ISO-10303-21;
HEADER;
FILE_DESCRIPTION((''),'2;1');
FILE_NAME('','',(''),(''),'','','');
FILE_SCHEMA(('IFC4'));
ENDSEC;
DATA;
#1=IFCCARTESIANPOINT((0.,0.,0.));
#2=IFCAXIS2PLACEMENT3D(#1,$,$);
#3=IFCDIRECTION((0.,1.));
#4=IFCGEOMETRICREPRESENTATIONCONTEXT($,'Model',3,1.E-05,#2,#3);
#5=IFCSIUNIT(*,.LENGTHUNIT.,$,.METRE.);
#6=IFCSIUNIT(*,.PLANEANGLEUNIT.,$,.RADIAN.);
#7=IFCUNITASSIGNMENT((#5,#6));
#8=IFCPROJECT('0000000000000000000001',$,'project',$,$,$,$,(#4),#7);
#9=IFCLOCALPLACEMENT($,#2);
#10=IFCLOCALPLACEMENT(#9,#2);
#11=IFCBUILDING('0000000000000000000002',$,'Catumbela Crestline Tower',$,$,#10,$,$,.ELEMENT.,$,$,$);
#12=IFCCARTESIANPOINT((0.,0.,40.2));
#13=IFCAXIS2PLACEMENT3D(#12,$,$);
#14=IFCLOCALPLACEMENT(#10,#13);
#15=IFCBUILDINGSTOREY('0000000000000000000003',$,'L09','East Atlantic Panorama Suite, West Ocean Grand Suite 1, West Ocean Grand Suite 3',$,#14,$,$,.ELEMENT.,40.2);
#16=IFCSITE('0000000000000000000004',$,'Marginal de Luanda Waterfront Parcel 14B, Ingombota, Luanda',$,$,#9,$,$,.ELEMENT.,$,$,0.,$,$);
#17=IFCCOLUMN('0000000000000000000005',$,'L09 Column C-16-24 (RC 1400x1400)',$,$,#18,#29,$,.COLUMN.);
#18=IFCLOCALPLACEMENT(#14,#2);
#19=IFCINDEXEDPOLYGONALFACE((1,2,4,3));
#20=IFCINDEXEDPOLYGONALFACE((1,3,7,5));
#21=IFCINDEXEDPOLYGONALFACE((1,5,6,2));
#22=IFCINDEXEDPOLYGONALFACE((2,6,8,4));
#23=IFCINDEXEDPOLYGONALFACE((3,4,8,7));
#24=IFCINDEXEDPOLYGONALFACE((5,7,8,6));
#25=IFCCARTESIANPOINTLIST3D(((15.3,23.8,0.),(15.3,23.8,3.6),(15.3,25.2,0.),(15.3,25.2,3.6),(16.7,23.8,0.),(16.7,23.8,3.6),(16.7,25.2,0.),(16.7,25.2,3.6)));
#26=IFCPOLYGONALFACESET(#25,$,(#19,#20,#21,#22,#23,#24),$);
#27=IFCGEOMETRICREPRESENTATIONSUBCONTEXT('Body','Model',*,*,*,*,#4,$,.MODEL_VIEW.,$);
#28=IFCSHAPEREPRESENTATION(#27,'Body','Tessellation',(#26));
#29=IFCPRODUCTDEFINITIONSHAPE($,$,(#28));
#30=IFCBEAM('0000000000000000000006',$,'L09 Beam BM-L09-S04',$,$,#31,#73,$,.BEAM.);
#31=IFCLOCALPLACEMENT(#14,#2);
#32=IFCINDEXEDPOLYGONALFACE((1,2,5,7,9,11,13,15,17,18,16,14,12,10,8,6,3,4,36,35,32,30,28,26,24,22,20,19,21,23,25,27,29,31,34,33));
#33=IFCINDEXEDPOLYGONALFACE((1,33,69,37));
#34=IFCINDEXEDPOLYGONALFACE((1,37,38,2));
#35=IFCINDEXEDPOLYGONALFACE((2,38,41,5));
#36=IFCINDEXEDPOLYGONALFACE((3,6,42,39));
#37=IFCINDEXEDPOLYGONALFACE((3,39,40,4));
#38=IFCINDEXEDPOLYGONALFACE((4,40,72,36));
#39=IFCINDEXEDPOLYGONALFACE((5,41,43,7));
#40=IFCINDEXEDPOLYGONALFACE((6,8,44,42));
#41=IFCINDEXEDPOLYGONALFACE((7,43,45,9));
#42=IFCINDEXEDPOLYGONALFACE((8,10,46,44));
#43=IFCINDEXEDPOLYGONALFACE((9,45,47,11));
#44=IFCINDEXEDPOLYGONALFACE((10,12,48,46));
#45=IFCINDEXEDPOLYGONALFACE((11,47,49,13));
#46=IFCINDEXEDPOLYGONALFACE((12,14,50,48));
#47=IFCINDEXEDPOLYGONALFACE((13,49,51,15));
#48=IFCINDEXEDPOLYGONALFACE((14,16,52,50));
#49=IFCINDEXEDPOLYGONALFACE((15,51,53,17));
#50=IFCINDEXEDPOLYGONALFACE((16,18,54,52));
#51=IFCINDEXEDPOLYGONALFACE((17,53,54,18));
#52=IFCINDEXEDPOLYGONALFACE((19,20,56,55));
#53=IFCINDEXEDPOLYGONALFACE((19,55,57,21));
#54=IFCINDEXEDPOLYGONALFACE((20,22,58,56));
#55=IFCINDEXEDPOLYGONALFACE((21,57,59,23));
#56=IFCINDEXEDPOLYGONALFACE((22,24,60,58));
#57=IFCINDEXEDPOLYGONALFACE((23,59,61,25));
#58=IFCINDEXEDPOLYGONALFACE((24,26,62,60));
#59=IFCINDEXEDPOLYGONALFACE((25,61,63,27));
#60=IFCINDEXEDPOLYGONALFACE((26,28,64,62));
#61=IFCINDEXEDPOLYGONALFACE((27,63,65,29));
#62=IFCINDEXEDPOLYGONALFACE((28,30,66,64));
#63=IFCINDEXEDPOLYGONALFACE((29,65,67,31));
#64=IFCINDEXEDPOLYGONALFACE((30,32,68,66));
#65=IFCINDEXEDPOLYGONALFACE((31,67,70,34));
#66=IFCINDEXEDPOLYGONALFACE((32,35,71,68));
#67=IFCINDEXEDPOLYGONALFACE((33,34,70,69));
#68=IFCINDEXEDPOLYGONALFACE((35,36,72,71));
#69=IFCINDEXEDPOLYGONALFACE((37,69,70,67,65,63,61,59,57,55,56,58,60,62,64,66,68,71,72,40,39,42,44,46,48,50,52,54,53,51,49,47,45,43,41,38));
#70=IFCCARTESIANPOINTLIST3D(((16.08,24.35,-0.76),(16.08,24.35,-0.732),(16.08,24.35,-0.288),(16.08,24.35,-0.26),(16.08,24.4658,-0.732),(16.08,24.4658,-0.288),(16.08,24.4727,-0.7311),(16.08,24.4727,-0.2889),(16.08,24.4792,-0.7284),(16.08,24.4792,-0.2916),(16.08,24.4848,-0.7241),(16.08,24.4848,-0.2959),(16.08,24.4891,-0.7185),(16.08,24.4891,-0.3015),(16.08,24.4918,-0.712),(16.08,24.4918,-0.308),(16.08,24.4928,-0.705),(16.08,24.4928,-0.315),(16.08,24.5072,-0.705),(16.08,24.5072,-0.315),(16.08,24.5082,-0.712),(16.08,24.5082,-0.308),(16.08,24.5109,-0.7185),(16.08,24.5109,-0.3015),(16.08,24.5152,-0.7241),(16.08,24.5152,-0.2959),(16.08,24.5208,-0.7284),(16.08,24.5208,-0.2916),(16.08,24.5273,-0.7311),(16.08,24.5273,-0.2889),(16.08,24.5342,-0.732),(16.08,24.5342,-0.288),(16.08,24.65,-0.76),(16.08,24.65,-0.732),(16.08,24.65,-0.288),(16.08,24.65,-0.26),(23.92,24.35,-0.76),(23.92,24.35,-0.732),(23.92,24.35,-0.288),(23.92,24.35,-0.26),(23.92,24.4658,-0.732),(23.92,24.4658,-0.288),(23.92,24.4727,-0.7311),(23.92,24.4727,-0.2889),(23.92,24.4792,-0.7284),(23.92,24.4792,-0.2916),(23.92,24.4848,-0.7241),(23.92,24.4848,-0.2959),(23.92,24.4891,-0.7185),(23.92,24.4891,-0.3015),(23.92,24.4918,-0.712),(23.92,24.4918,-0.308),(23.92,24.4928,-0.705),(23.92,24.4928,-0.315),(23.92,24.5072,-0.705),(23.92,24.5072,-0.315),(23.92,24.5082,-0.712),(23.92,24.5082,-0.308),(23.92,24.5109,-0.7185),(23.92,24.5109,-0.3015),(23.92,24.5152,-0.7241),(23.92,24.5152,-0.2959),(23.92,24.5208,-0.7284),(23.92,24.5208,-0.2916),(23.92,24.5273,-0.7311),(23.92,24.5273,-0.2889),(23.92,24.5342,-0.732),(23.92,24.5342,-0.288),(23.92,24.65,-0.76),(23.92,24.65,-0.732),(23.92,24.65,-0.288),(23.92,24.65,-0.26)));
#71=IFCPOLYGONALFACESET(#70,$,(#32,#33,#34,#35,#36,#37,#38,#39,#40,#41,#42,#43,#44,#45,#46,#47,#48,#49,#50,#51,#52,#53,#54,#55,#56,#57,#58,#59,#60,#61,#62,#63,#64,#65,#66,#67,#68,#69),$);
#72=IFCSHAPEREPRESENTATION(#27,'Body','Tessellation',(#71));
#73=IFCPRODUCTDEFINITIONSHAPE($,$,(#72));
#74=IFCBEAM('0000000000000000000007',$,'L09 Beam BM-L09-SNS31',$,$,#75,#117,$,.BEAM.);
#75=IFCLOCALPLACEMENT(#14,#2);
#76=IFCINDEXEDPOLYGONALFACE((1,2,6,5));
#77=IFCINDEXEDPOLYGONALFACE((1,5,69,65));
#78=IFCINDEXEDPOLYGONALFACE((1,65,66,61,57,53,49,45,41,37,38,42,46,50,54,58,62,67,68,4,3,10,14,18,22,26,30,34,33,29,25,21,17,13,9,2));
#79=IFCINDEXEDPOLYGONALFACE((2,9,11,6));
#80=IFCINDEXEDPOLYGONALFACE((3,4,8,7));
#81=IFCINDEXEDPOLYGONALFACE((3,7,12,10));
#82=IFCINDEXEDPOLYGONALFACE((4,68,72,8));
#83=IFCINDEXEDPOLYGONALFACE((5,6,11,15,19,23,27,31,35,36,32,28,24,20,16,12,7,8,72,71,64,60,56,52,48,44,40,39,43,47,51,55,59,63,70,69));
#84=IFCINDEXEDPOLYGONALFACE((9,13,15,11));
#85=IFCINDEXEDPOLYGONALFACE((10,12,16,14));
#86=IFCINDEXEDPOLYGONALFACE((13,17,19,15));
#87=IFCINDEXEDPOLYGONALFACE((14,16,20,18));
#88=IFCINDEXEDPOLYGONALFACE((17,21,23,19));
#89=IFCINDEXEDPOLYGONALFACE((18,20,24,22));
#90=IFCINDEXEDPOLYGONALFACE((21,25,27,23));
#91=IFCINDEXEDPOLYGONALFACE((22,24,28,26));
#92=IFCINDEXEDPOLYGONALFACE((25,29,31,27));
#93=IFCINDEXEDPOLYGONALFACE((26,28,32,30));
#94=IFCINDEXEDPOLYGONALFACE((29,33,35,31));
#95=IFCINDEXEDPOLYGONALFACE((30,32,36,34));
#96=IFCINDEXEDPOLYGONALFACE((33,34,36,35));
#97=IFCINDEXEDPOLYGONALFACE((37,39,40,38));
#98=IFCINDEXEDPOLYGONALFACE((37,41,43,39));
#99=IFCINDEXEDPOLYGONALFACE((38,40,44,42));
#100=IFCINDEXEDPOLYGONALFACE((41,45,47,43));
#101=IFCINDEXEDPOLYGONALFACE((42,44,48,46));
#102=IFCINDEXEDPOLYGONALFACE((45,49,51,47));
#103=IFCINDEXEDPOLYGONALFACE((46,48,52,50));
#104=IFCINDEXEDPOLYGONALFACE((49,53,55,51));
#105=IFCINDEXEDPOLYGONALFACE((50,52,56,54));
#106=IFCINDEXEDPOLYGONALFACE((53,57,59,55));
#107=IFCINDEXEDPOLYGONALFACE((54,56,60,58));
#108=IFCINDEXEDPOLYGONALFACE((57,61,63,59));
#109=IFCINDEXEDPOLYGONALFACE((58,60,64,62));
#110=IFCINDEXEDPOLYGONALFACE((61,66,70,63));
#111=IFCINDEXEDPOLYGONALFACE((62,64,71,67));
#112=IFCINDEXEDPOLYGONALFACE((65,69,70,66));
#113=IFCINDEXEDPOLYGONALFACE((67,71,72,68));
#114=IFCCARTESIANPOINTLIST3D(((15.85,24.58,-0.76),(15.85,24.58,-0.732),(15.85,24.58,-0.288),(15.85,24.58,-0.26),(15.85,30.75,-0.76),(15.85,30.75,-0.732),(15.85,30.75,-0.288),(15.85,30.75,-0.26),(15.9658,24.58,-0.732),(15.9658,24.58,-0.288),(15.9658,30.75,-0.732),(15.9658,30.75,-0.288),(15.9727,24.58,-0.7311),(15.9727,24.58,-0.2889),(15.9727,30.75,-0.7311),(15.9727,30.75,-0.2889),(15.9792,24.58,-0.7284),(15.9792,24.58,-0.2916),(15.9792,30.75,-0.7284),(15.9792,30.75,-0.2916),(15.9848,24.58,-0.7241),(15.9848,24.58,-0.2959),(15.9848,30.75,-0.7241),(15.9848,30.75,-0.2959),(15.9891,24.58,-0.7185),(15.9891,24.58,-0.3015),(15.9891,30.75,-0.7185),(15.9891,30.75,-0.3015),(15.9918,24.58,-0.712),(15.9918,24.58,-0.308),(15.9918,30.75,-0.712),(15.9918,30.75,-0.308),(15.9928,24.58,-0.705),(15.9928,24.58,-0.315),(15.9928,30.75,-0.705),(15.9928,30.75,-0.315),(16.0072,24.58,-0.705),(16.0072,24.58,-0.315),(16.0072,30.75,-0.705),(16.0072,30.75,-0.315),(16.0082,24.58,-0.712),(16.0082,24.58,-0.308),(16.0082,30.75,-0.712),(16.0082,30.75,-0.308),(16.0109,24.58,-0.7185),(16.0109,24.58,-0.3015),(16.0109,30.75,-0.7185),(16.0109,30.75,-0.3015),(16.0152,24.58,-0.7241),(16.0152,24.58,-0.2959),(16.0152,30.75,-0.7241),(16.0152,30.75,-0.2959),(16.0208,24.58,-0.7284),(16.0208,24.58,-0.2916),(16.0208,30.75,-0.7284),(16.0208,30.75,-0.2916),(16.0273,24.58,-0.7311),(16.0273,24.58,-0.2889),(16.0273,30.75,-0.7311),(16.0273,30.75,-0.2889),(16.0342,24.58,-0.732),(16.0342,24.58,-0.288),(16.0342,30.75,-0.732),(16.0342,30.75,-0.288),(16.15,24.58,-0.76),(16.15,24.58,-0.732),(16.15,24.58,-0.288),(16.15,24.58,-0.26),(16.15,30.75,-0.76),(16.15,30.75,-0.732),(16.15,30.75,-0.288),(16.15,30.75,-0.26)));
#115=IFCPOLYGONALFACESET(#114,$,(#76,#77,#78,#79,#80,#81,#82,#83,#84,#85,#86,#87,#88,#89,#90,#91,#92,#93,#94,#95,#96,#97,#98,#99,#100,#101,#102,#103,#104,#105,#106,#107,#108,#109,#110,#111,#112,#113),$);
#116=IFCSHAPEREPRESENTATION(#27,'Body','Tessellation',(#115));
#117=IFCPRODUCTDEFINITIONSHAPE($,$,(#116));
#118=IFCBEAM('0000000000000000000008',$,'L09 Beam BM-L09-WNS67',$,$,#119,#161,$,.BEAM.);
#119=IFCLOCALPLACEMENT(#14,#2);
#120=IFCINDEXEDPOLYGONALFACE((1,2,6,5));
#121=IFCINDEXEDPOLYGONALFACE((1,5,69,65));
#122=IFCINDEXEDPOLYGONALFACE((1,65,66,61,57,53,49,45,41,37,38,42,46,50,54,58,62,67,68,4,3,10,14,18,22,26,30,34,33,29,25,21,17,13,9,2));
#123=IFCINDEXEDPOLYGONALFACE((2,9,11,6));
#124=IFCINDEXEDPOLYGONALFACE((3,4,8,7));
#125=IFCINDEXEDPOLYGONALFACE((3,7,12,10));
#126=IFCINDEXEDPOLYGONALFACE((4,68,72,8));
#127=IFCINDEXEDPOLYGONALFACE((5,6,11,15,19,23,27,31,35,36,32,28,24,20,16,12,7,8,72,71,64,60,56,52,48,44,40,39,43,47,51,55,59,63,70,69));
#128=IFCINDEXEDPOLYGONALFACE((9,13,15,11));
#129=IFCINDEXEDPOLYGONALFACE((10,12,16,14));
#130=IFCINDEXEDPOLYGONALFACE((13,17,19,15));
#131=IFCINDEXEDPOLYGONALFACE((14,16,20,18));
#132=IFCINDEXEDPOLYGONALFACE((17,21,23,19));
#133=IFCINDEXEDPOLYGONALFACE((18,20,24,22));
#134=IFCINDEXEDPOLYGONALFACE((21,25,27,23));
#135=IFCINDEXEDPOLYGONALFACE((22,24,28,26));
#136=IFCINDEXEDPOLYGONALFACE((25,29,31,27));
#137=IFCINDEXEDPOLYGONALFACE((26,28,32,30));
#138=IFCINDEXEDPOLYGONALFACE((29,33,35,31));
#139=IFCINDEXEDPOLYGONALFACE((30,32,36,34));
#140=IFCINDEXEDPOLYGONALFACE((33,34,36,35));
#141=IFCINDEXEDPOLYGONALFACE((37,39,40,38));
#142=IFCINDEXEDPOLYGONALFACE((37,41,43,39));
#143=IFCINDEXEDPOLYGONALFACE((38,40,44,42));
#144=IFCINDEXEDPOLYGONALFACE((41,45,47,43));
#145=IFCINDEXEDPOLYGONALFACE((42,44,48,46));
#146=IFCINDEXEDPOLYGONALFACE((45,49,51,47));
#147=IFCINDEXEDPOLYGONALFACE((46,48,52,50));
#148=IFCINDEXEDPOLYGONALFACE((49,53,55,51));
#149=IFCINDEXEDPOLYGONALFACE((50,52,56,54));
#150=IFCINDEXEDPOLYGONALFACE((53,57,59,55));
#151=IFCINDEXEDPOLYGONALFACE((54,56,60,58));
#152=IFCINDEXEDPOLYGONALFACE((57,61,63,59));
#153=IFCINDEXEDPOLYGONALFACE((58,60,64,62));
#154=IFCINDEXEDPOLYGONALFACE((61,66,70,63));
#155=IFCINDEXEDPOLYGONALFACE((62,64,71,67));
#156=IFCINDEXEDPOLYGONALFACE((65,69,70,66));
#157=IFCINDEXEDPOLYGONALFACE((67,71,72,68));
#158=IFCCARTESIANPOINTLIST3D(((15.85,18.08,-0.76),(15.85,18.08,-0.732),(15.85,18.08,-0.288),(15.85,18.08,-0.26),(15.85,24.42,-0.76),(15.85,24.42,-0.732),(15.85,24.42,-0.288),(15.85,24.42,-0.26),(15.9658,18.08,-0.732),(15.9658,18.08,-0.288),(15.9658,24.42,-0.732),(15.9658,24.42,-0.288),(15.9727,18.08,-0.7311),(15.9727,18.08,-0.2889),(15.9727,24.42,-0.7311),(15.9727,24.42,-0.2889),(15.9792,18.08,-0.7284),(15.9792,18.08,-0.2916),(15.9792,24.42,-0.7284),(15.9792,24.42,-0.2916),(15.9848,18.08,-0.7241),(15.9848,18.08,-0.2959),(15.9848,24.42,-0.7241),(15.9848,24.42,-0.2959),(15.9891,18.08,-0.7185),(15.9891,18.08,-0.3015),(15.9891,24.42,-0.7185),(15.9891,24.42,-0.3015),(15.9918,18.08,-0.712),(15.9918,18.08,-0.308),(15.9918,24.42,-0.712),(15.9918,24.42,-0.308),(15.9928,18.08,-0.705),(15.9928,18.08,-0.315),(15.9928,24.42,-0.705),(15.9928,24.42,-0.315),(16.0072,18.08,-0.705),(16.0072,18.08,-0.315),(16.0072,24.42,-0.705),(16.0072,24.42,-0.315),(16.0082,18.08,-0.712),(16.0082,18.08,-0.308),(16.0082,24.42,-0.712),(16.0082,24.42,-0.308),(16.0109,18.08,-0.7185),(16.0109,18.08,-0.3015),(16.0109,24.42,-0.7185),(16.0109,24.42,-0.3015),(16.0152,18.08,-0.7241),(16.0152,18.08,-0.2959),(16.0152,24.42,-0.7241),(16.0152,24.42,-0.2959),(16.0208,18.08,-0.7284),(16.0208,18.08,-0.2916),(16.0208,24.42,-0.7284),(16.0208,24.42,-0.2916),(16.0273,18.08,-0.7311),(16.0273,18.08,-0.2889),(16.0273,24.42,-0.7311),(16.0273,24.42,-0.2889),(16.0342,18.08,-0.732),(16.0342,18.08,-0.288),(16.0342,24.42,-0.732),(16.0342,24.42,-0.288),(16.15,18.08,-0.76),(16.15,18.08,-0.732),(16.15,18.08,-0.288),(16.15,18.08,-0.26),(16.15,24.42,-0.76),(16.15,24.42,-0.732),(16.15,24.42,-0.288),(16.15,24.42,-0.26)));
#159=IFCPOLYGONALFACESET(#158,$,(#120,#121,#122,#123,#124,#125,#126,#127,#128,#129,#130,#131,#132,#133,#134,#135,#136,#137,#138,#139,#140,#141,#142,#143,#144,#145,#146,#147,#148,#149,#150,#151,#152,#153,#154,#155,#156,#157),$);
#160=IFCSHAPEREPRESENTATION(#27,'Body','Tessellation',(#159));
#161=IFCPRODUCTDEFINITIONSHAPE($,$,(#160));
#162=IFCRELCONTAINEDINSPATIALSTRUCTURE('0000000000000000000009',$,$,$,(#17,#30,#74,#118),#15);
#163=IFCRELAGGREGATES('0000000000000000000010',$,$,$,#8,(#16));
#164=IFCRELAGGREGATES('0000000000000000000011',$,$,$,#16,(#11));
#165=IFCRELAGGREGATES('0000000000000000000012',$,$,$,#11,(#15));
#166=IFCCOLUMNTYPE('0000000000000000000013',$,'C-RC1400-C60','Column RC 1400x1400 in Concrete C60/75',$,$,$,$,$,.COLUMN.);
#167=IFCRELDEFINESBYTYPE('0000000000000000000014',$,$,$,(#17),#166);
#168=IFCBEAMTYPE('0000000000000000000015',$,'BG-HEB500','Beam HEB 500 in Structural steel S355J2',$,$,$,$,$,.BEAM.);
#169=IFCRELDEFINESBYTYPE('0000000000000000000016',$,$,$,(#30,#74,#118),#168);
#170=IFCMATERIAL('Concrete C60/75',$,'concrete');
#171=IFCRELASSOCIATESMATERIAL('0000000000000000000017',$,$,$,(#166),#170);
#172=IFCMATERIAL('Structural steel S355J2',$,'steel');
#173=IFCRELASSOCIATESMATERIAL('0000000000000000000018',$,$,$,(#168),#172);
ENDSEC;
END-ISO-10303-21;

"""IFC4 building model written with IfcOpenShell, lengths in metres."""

from ifc_helpers import new_model, si_unit, direction, frame, origin, origin_2d, place, context, subcontext, project, spatial, rectangle, i_section, extrude, material, material_profile, profile_set, type_object, element, save


model = new_model("IFC4")

# Units and contexts
model_context = context("Model", 3, precision=1e-05, world=origin(), true_north=direction((0.0, 1.0)))
body_context = subcontext(model_context, "Body", "Model", "MODEL_VIEW")
ifc_project = project(units=[si_unit("LENGTHUNIT", "METRE"), si_unit("PLANEANGLEUNIT", "RADIAN")], contexts=[model_context])

# Site, building, storey
site_placement = place(None, origin())
site = spatial("IfcSite", under=ifc_project, at=site_placement, Name="Marginal de Luanda Waterfront Parcel 14B, Ingombota, Luanda", CompositionType="ELEMENT", RefElevation=0.0)
building_placement = place(site_placement, origin())
building = spatial("IfcBuilding", under=site, at=building_placement, Name="Catumbela Crestline Tower", CompositionType="ELEMENT")
storey_placement = place(building_placement, frame((0.0, 0.0, 40.2)))
storey = spatial("IfcBuildingStorey", under=building, at=storey_placement, Name="L09", Description="East Atlantic Panorama Suite, West Ocean Grand Suite 1, West Ocean Grand Suite 3", CompositionType="ELEMENT", Elevation=40.2)

# Column
ifc_material_1 = material(Name="Concrete C60/75", Category="concrete")
ifc_material_profile_1 = material_profile(ifc_material_1, rectangle(XDim=1.4, YDim=1.4, at=origin_2d()), Name="RC 1400x1400")
ifc_profile_set_1 = profile_set([ifc_material_profile_1], Name="Concrete C60/75")
column_type = type_object("IfcColumnType", Name="C-RC1400-C60", Description="Column RC 1400x1400 in Concrete C60/75", PredefinedType="COLUMN", material=ifc_profile_set_1)
column_placement = place(storey_placement, frame((16.0, 24.5, 0.0), z_axis=(0.0, 0.0, 1.0), x_axis=(1.0, 0.0, 0.0)))
element("IfcColumn", 1, at=column_placement, inside=storey, type_object=column_type, Name="L09 Column C-16-24 (RC 1400x1400)", PredefinedType="COLUMN", context=body_context, shape_type="SweptSolid", body=[
    extrude(rectangle(XDim=1.4, YDim=1.4, at=origin_2d()), origin(), (0.0, 0.0, 1.0), 3.6),
])

# Beams
ifc_material_2 = material(Name="Structural steel S355J2", Category="steel")
ifc_material_profile_2 = material_profile(ifc_material_2, i_section(OverallWidth=0.3, OverallDepth=0.5, WebThickness=0.0145, FlangeThickness=0.028, FilletRadius=0.027, at=origin_2d()), Name="HEB 500")
ifc_profile_set_2 = profile_set([ifc_material_profile_2], Name="Structural steel S355J2")
beam_type_1 = type_object("IfcBeamType", Name="BG-HEB500", Description="Beam HEB 500 in Structural steel S355J2", PredefinedType="BEAM", material=ifc_profile_set_2)
beam_1_placement = place(storey_placement, frame((16.08, 24.5, -0.51), z_axis=(1.0, 0.0, 0.0), x_axis=(0.0, 1.0, 0.0)))
element("IfcBeam", 2, at=beam_1_placement, inside=storey, type_object=beam_type_1, Name="L09 Beam BM-L09-S04", PredefinedType="BEAM", context=body_context, shape_type="SweptSolid", body=[
    extrude(i_section(OverallWidth=0.3, OverallDepth=0.5, WebThickness=0.0145, FlangeThickness=0.028, FilletRadius=0.027, at=origin_2d()), origin(), (0.0, 0.0, 1.0), 7.84),
])
beam_2_placement = place(storey_placement, frame((16.0, 24.58, -0.51), z_axis=(0.0, 1.0, 0.0), x_axis=(-1.0, 0.0, 0.0)))
element("IfcBeam", 3, at=beam_2_placement, inside=storey, type_object=beam_type_1, Name="L09 Beam BM-L09-SNS31", PredefinedType="BEAM", context=body_context, shape_type="SweptSolid", body=[
    extrude(i_section(OverallWidth=0.3, OverallDepth=0.5, WebThickness=0.0145, FlangeThickness=0.028, FilletRadius=0.027, at=origin_2d()), origin(), (0.0, 0.0, 1.0), 6.17),
])
beam_3_placement = place(storey_placement, frame((16.0, 18.08, -0.51), z_axis=(0.0, 1.0, 0.0), x_axis=(-1.0, 0.0, 0.0)))
element("IfcBeam", 4, at=beam_3_placement, inside=storey, type_object=beam_type_1, Name="L09 Beam BM-L09-WNS67", PredefinedType="BEAM", context=body_context, shape_type="SweptSolid", body=[
    extrude(i_section(OverallWidth=0.3, OverallDepth=0.5, WebThickness=0.0145, FlangeThickness=0.028, FilletRadius=0.027, at=origin_2d()), origin(), (0.0, 0.0, 1.0), 6.34),
])

save(model, "model.ifc")
